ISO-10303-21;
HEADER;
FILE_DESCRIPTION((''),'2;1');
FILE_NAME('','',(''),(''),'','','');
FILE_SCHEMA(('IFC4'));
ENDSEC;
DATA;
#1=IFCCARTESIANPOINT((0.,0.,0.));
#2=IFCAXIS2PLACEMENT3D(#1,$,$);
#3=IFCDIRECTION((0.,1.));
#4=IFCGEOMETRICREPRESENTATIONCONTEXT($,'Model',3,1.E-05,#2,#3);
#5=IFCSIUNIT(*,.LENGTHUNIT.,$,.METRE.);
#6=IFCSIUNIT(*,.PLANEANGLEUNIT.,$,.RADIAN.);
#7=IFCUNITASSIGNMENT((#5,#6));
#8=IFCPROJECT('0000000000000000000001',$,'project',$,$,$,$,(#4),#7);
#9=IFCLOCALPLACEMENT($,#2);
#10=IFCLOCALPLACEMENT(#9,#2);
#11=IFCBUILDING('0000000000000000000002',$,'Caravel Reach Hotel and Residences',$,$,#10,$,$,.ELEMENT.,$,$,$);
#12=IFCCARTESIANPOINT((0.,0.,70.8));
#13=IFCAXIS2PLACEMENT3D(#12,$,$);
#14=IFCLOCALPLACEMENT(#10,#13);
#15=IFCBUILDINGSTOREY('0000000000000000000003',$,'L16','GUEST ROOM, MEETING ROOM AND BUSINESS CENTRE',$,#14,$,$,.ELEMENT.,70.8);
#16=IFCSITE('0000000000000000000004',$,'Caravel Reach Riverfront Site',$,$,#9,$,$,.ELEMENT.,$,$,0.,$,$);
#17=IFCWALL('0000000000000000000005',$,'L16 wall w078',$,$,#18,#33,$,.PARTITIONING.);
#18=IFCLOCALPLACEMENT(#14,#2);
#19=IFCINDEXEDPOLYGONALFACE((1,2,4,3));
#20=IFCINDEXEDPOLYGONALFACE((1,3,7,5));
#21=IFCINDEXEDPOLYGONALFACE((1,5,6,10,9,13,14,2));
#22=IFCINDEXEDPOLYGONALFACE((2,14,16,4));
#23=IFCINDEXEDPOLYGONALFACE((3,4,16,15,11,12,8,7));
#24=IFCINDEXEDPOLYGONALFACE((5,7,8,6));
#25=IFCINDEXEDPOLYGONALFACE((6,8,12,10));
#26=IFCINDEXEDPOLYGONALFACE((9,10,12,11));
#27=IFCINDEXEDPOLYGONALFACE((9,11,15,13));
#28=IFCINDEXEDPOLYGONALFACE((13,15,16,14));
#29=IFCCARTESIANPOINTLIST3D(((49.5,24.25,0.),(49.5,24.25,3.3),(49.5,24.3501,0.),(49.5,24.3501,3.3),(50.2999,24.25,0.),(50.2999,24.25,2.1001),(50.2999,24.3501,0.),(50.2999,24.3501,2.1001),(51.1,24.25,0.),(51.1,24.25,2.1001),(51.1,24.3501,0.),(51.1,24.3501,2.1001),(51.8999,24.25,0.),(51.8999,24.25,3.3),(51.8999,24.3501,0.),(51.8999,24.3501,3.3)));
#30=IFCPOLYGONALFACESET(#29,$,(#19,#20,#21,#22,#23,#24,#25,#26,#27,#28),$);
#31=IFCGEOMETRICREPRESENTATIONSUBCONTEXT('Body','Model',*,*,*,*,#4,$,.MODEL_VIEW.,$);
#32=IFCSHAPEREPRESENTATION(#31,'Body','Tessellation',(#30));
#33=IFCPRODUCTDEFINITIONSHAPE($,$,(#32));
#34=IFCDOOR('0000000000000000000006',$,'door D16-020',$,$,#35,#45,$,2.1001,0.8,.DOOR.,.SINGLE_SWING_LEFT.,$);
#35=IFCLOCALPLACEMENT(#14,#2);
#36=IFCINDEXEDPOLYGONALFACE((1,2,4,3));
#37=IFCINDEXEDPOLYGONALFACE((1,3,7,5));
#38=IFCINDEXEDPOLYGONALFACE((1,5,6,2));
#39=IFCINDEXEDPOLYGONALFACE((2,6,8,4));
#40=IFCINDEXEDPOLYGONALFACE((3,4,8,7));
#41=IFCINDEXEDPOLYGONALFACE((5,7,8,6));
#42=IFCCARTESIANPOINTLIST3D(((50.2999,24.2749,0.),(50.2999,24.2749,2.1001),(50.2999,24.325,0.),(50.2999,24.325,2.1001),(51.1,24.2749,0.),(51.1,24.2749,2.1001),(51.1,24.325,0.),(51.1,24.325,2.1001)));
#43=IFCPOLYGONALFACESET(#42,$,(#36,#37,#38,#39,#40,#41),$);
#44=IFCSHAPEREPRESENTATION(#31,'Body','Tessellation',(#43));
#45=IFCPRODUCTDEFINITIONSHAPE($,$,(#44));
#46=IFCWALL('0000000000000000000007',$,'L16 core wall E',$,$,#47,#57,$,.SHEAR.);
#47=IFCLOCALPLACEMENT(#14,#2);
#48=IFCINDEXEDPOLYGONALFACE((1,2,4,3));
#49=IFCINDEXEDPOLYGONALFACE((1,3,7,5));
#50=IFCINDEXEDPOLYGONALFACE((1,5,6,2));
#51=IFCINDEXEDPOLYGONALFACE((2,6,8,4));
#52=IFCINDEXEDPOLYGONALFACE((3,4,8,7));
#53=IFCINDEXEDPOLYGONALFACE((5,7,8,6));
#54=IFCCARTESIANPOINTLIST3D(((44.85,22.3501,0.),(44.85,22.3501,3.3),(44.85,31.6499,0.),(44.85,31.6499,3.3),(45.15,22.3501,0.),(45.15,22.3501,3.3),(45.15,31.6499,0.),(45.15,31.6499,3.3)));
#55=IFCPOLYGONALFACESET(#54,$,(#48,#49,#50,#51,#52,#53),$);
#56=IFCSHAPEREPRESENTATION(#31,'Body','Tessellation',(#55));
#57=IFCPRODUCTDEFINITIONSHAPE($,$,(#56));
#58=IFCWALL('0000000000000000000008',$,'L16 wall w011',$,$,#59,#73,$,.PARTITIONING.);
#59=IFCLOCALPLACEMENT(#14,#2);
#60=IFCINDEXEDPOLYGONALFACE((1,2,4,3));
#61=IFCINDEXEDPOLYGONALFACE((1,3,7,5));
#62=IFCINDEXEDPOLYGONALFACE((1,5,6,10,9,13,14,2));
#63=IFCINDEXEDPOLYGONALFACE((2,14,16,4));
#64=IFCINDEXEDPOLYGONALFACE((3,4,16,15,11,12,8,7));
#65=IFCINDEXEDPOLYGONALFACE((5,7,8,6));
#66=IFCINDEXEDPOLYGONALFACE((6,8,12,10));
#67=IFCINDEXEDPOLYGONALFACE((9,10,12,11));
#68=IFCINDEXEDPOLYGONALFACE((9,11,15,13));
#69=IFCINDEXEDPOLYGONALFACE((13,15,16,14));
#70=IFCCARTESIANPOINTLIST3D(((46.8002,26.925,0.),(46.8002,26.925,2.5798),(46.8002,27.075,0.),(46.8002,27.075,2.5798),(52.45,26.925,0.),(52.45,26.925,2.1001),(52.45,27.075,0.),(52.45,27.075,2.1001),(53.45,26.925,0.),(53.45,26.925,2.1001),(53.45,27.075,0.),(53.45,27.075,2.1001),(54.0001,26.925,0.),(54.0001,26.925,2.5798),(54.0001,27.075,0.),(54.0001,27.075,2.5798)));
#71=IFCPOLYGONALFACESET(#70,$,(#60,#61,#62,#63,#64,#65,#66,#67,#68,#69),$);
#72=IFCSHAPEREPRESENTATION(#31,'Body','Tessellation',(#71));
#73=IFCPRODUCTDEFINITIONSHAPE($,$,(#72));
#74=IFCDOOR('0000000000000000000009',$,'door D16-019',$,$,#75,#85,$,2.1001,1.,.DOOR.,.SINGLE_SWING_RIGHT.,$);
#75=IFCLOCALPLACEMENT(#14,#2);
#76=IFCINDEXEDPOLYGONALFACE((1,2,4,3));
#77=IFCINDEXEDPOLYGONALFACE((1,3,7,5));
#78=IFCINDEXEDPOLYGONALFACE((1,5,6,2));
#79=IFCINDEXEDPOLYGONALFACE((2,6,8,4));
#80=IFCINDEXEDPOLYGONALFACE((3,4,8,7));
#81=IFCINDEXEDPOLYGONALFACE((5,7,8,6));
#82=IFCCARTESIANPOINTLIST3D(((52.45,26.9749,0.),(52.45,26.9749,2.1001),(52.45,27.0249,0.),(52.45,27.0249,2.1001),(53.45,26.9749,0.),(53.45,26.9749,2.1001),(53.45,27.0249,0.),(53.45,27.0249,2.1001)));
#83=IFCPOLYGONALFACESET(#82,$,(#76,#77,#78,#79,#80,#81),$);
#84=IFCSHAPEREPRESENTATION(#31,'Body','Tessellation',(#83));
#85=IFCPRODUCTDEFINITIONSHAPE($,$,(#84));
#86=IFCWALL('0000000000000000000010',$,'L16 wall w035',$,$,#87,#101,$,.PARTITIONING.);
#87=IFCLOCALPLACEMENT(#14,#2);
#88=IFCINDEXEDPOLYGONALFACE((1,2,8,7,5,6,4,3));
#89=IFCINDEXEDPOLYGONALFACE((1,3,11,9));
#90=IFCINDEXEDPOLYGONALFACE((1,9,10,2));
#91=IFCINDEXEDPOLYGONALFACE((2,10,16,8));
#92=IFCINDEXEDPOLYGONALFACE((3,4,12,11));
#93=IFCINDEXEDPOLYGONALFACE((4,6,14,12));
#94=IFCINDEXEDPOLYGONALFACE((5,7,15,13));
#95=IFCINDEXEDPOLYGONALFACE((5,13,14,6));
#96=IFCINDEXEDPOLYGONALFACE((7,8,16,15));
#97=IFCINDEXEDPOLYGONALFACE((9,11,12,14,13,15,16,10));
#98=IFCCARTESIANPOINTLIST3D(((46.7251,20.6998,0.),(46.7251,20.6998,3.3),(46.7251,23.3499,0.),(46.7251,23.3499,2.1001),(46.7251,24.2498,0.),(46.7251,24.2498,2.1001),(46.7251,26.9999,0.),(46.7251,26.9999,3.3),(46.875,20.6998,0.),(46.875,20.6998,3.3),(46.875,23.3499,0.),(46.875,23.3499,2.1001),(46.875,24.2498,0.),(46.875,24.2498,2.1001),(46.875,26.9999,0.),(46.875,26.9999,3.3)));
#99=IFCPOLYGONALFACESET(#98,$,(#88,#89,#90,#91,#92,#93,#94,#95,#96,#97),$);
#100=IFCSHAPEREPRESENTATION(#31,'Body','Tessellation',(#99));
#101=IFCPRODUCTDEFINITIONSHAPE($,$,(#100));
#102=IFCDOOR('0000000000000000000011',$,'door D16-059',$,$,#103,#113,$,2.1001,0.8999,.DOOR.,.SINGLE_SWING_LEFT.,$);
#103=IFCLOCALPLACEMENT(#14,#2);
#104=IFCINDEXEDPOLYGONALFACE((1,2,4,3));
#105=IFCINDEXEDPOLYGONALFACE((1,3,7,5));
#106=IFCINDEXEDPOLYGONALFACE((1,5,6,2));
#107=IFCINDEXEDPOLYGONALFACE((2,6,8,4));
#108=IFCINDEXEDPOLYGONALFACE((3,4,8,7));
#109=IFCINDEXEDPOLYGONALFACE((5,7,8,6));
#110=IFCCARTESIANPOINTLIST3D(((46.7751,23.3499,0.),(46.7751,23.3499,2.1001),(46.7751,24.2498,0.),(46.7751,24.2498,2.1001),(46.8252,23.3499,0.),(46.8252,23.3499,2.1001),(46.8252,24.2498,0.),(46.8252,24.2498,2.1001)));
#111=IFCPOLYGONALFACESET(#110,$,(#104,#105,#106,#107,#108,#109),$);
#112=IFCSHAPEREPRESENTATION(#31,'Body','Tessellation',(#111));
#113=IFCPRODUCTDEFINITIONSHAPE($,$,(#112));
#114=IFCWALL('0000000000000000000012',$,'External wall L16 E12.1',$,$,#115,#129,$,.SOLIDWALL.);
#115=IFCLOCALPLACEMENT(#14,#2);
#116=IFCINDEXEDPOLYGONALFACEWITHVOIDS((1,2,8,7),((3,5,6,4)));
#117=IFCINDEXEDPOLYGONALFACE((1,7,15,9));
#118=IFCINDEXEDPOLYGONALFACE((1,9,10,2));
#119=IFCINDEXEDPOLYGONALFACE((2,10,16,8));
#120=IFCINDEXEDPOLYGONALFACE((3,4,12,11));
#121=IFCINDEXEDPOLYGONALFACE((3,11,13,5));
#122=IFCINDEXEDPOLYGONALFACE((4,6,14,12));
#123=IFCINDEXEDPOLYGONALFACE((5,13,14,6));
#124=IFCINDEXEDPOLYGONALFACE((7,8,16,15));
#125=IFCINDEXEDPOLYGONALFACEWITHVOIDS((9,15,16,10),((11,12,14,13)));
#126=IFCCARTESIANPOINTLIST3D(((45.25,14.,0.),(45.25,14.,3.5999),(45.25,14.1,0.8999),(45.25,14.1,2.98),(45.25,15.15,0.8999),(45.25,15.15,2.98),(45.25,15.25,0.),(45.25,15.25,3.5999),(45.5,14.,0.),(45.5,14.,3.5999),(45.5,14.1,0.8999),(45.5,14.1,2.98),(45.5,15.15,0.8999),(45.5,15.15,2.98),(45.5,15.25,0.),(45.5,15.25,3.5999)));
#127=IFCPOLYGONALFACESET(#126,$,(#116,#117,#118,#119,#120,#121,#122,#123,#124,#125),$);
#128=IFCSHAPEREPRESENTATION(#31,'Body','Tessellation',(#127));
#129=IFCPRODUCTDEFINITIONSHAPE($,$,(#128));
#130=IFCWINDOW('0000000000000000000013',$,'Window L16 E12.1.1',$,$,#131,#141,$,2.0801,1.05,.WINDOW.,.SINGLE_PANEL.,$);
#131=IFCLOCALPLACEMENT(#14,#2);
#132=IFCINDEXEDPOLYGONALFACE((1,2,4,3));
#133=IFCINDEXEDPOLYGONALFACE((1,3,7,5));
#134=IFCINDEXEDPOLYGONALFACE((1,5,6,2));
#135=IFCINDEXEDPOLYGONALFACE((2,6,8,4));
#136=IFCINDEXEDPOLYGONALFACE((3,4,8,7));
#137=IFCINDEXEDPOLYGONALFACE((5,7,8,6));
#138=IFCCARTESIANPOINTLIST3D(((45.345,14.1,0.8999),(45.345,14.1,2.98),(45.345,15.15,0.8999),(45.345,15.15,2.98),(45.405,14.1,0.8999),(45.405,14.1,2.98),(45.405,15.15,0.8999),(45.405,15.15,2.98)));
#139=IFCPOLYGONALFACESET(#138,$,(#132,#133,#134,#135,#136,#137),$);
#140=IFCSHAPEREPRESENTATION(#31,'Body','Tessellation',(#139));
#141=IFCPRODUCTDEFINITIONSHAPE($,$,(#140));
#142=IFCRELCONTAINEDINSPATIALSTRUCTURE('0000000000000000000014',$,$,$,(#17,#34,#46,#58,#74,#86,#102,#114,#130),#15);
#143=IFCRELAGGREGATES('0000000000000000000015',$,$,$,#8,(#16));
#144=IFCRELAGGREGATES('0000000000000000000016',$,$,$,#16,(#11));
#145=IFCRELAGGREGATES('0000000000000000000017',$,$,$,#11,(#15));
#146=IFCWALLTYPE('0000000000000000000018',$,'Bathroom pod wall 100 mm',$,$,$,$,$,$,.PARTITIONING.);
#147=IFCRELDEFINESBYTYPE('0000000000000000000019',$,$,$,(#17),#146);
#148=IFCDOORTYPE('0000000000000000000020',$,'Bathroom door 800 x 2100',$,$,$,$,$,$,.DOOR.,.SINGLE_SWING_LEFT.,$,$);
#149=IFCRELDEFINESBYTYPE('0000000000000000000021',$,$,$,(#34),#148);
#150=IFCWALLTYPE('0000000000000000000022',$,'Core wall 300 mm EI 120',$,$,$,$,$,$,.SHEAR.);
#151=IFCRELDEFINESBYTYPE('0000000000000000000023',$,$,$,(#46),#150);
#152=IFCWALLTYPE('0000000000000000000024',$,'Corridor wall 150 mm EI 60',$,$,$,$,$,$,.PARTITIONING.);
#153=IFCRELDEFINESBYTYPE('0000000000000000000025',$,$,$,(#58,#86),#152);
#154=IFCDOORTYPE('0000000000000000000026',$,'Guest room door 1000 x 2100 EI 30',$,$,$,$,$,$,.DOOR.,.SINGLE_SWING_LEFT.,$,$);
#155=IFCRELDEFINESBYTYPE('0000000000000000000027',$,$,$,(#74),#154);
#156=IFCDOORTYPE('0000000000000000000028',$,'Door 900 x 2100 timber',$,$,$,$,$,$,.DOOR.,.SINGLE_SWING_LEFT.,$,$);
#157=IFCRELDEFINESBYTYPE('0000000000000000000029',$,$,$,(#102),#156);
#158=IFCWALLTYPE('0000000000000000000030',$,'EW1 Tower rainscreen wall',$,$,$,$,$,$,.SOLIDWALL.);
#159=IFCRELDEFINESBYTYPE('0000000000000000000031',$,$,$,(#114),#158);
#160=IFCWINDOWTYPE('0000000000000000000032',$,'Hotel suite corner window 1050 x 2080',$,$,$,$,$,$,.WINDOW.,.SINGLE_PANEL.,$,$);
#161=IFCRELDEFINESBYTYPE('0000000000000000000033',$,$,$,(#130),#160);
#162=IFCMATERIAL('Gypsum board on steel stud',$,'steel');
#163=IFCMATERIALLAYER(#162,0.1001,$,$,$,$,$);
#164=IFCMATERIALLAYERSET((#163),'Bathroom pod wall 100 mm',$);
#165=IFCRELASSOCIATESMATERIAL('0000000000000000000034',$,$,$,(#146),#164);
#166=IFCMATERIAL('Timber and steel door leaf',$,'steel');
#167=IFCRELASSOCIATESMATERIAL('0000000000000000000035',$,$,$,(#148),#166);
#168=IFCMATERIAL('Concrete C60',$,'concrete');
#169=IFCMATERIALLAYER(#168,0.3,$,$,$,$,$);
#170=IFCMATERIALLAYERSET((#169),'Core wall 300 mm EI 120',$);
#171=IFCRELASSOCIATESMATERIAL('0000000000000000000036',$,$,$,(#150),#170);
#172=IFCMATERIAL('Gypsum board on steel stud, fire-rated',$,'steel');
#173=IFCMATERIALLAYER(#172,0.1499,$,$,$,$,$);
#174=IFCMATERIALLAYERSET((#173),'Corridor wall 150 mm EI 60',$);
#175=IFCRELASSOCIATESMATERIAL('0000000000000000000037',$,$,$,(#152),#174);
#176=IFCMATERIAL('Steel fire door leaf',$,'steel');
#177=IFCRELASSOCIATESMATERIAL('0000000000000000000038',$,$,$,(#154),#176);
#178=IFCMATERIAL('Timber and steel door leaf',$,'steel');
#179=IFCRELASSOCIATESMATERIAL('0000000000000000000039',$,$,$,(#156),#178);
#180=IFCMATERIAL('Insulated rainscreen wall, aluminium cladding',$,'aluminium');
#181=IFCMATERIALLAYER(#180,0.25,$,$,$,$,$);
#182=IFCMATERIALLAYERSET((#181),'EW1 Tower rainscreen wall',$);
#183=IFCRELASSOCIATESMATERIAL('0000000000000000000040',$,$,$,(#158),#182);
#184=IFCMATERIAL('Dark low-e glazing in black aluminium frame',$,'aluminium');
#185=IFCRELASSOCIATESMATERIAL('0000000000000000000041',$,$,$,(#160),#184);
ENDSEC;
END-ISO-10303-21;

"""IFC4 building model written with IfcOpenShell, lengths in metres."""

from ifc_helpers import new_model, si_unit, direction, frame, frame_2d, origin, place, context, subcontext, project, spatial, rectangle, extrude, material, layer, layer_set, type_object, element, fill, save


model = new_model("IFC4")

# Units and contexts
model_context = context("Model", 3, precision=1e-05, world=origin(), true_north=direction((0.0, 1.0)))
body_context = subcontext(model_context, "Body", "Model", "MODEL_VIEW")
ifc_project = project(units=[si_unit("LENGTHUNIT", "METRE"), si_unit("PLANEANGLEUNIT", "RADIAN")], contexts=[model_context])

# Site, building, storey
site_placement = place(None, origin())
site = spatial("IfcSite", under=ifc_project, at=site_placement, Name="Caravel Reach Riverfront Site", CompositionType="ELEMENT", RefElevation=0.0)
building_placement = place(site_placement, origin())
building = spatial("IfcBuilding", under=site, at=building_placement, Name="Caravel Reach Hotel and Residences", CompositionType="ELEMENT")
storey_placement = place(building_placement, frame((0.0, 0.0, 70.8)))
storey = spatial("IfcBuildingStorey", under=building, at=storey_placement, Name="L16", Description="GUEST ROOM, MEETING ROOM AND BUSINESS CENTRE", CompositionType="ELEMENT", Elevation=70.8)

# Wall, opening, door
ifc_material_1 = material(Name="Gypsum board on steel stud", Category="steel")
ifc_layer_1 = layer(ifc_material_1, 0.1001)
ifc_layer_set_1 = layer_set([ifc_layer_1], Name="Bathroom pod wall 100 mm")
wall_type_1 = type_object("IfcWallType", Name="Bathroom pod wall 100 mm", PredefinedType="PARTITIONING", material=ifc_layer_set_1)
wall_1_placement = place(storey_placement, frame((49.5, 24.3, 0.0), z_axis=(0.0, 0.0, 1.0), x_axis=(1.0, 0.0, 0.0)))
wall_1 = element("IfcWall", 1, at=wall_1_placement, inside=storey, type_object=wall_type_1, Name="L16 wall w078", PredefinedType="PARTITIONING", context=body_context, shape_type="SweptSolid", body=[
    extrude(rectangle(XDim=2.3999, YDim=0.1001, at=frame_2d((1.2, 0.0))), origin(), (0.0, 0.0, 1.0), 3.3),
])
opening_1_placement = place(wall_1_placement, frame((0.8, 0.0, 0.0)))
opening_1 = element("IfcOpeningElement", 2, at=opening_1_placement, cuts=wall_1, PredefinedType="OPENING", context=body_context, shape_type="SweptSolid", body=[
    extrude(rectangle(XDim=0.8, YDim=2.1001, at=frame_2d((0.3999, 1.05))), frame((0.0, 0.0601, 0.0), z_axis=(0.0, -1.0, 0.0), x_axis=(1.0, 0.0, 0.0)), (0.0, 0.0, 1.0), 0.1201),
])
ifc_material_2 = material(Name="Timber and steel door leaf", Category="steel")
door_type_1 = type_object("IfcDoorType", Name="Bathroom door 800 x 2100", OperationType="SINGLE_SWING_LEFT", PredefinedType="DOOR", material=ifc_material_2)
door_1_placement = place(opening_1_placement, origin())
door_1 = element("IfcDoor", 3, at=door_1_placement, inside=storey, type_object=door_type_1, Name="door D16-020", OperationType="SINGLE_SWING_LEFT", OverallHeight=2.1001, OverallWidth=0.8, PredefinedType="DOOR", context=body_context, shape_type="SweptSolid", body=[
    extrude(rectangle(XDim=0.8, YDim=2.1001, at=frame_2d((0.3999, 1.05))), frame((0.0, 0.0249, 0.0), z_axis=(0.0, -1.0, 0.0), x_axis=(1.0, 0.0, 0.0)), (0.0, 0.0, 1.0), 0.05),
])
fill(opening_1, door_1)

# Wall
ifc_material_3 = material(Name="Concrete C60", Category="concrete")
ifc_layer_2 = layer(ifc_material_3, 0.3)
ifc_layer_set_2 = layer_set([ifc_layer_2], Name="Core wall 300 mm EI 120")
wall_type_2 = type_object("IfcWallType", Name="Core wall 300 mm EI 120", PredefinedType="SHEAR", material=ifc_layer_set_2)
wall_2_placement = place(storey_placement, frame((45.0, 22.3501, 0.0), z_axis=(0.0, 0.0, 1.0), x_axis=(0.0, 1.0, 0.0)))
element("IfcWall", 4, at=wall_2_placement, inside=storey, type_object=wall_type_2, Name="L16 core wall E", PredefinedType="SHEAR", context=body_context, shape_type="SweptSolid", body=[
    extrude(rectangle(XDim=9.2998, YDim=0.3, at=frame_2d((4.6499, 0.0))), origin(), (0.0, 0.0, 1.0), 3.3),
])

# Walls, openings, doors
ifc_material_4 = material(Name="Gypsum board on steel stud, fire-rated", Category="steel")
ifc_layer_3 = layer(ifc_material_4, 0.1499)
ifc_layer_set_3 = layer_set([ifc_layer_3], Name="Corridor wall 150 mm EI 60")
wall_type_3 = type_object("IfcWallType", Name="Corridor wall 150 mm EI 60", PredefinedType="PARTITIONING", material=ifc_layer_set_3)
wall_3_placement = place(storey_placement, frame((46.8, 27.0, 0.0), z_axis=(0.0, 0.0, 1.0), x_axis=(1.0, 0.0, 0.0)))
wall_3 = element("IfcWall", 5, at=wall_3_placement, inside=storey, type_object=wall_type_3, Name="L16 wall w011", PredefinedType="PARTITIONING", context=body_context, shape_type="SweptSolid", body=[
    extrude(rectangle(XDim=7.2, YDim=0.1499, at=frame_2d((3.6001, 0.0))), origin(), (0.0, 0.0, 1.0), 2.5798),
])
opening_2_placement = place(wall_3_placement, frame((5.6499, 0.0, 0.0)))
opening_2 = element("IfcOpeningElement", 6, at=opening_2_placement, cuts=wall_3, PredefinedType="OPENING", context=body_context, shape_type="SweptSolid", body=[
    extrude(rectangle(XDim=1.0, YDim=2.1001, at=frame_2d((0.5, 1.05))), frame((0.0, 0.085, 0.0), z_axis=(0.0, -1.0, 0.0), x_axis=(1.0, 0.0, 0.0)), (0.0, 0.0, 1.0), 0.1699),
])
ifc_material_5 = material(Name="Steel fire door leaf", Category="steel")
door_type_2 = type_object("IfcDoorType", Name="Guest room door 1000 x 2100 EI 30", OperationType="SINGLE_SWING_LEFT", PredefinedType="DOOR", material=ifc_material_5)
door_2_placement = place(opening_2_placement, origin())
door_2 = element("IfcDoor", 7, at=door_2_placement, inside=storey, type_object=door_type_2, Name="door D16-019", OperationType="SINGLE_SWING_RIGHT", OverallHeight=2.1001, OverallWidth=1.0, PredefinedType="DOOR", context=body_context, shape_type="SweptSolid", body=[
    extrude(rectangle(XDim=1.0, YDim=2.1001, at=frame_2d((0.5, 1.05))), frame((0.0, 0.0249, 0.0), z_axis=(0.0, -1.0, 0.0), x_axis=(1.0, 0.0, 0.0)), (0.0, 0.0, 1.0), 0.05),
])
fill(opening_2, door_2)
wall_4_placement = place(storey_placement, frame((46.8, 20.7, 0.0), z_axis=(0.0, 0.0, 1.0), x_axis=(0.0, 1.0, 0.0)))
wall_4 = element("IfcWall", 8, at=wall_4_placement, inside=storey, type_object=wall_type_3, Name="L16 wall w035", PredefinedType="PARTITIONING", context=body_context, shape_type="SweptSolid", body=[
    extrude(rectangle(XDim=6.3, YDim=0.1499, at=frame_2d((3.1499, 0.0))), origin(), (0.0, 0.0, 1.0), 3.3),
])
opening_3_placement = place(wall_4_placement, frame((2.6499, 0.0, 0.0)))
opening_3 = element("IfcOpeningElement", 9, at=opening_3_placement, cuts=wall_4, PredefinedType="OPENING", context=body_context, shape_type="SweptSolid", body=[
    extrude(rectangle(XDim=0.8999, YDim=2.1001, at=frame_2d((0.45, 1.05))), frame((0.0, 0.085, 0.0), z_axis=(0.0, -1.0, 0.0), x_axis=(1.0, 0.0, 0.0)), (0.0, 0.0, 1.0), 0.1699),
])
ifc_material_6 = material(Name="Timber and steel door leaf", Category="steel")
door_type_3 = type_object("IfcDoorType", Name="Door 900 x 2100 timber", OperationType="SINGLE_SWING_LEFT", PredefinedType="DOOR", material=ifc_material_6)
door_3_placement = place(opening_3_placement, origin())
door_3 = element("IfcDoor", 10, at=door_3_placement, inside=storey, type_object=door_type_3, Name="door D16-059", OperationType="SINGLE_SWING_LEFT", OverallHeight=2.1001, OverallWidth=0.8999, PredefinedType="DOOR", context=body_context, shape_type="SweptSolid", body=[
    extrude(rectangle(XDim=0.8999, YDim=2.1001, at=frame_2d((0.45, 1.05))), frame((0.0, 0.0249, 0.0), z_axis=(0.0, -1.0, 0.0), x_axis=(1.0, 0.0, 0.0)), (0.0, 0.0, 1.0), 0.05),
])
fill(opening_3, door_3)

# Wall, opening, window
ifc_material_7 = material(Name="Insulated rainscreen wall, aluminium cladding", Category="aluminium")
ifc_layer_4 = layer(ifc_material_7, 0.25)
ifc_layer_set_4 = layer_set([ifc_layer_4], Name="EW1 Tower rainscreen wall")
wall_type_4 = type_object("IfcWallType", Name="EW1 Tower rainscreen wall", PredefinedType="SOLIDWALL", material=ifc_layer_set_4)
wall_5_placement = place(storey_placement, frame((45.375, 14.0, 0.0), z_axis=(0.0, 0.0, 1.0), x_axis=(0.0, 1.0, 0.0)))
wall_5 = element("IfcWall", 11, at=wall_5_placement, inside=storey, type_object=wall_type_4, Name="External wall L16 E12.1", PredefinedType="SOLIDWALL", context=body_context, shape_type="SweptSolid", body=[
    extrude(rectangle(XDim=1.25, YDim=0.25, at=frame_2d((0.625, 0.0))), origin(), (0.0, 0.0, 1.0), 3.5999),
])
opening_4_placement = place(wall_5_placement, frame((0.1001, 0.0, 0.8999)))
opening_4 = element("IfcOpeningElement", 12, at=opening_4_placement, cuts=wall_5, PredefinedType="OPENING", context=body_context, shape_type="SweptSolid", body=[
    extrude(rectangle(XDim=1.05, YDim=2.0801, at=frame_2d((0.5249, 1.04))), frame((0.0, 0.135, 0.0), z_axis=(0.0, -1.0, 0.0), x_axis=(1.0, 0.0, 0.0)), (0.0, 0.0, 1.0), 0.27),
])
ifc_material_8 = material(Name="Dark low-e glazing in black aluminium frame", Category="aluminium")
window_type = type_object("IfcWindowType", Name="Hotel suite corner window 1050 x 2080", PartitioningType="SINGLE_PANEL", PredefinedType="WINDOW", material=ifc_material_8)
window_1_placement = place(opening_4_placement, origin())
window_1 = element("IfcWindow", 13, at=window_1_placement, inside=storey, type_object=window_type, Name="Window L16 E12.1.1", OverallHeight=2.0801, OverallWidth=1.05, PartitioningType="SINGLE_PANEL", PredefinedType="WINDOW", context=body_context, shape_type="SweptSolid", body=[
    extrude(rectangle(XDim=1.05, YDim=2.0801, at=frame_2d((0.5249, 1.04))), frame((0.0, 0.03, 0.0), z_axis=(0.0, -1.0, 0.0), x_axis=(1.0, 0.0, 0.0)), (0.0, 0.0, 1.0), 0.0601),
])
fill(opening_4, window_1)

save(model, "model.ifc")
